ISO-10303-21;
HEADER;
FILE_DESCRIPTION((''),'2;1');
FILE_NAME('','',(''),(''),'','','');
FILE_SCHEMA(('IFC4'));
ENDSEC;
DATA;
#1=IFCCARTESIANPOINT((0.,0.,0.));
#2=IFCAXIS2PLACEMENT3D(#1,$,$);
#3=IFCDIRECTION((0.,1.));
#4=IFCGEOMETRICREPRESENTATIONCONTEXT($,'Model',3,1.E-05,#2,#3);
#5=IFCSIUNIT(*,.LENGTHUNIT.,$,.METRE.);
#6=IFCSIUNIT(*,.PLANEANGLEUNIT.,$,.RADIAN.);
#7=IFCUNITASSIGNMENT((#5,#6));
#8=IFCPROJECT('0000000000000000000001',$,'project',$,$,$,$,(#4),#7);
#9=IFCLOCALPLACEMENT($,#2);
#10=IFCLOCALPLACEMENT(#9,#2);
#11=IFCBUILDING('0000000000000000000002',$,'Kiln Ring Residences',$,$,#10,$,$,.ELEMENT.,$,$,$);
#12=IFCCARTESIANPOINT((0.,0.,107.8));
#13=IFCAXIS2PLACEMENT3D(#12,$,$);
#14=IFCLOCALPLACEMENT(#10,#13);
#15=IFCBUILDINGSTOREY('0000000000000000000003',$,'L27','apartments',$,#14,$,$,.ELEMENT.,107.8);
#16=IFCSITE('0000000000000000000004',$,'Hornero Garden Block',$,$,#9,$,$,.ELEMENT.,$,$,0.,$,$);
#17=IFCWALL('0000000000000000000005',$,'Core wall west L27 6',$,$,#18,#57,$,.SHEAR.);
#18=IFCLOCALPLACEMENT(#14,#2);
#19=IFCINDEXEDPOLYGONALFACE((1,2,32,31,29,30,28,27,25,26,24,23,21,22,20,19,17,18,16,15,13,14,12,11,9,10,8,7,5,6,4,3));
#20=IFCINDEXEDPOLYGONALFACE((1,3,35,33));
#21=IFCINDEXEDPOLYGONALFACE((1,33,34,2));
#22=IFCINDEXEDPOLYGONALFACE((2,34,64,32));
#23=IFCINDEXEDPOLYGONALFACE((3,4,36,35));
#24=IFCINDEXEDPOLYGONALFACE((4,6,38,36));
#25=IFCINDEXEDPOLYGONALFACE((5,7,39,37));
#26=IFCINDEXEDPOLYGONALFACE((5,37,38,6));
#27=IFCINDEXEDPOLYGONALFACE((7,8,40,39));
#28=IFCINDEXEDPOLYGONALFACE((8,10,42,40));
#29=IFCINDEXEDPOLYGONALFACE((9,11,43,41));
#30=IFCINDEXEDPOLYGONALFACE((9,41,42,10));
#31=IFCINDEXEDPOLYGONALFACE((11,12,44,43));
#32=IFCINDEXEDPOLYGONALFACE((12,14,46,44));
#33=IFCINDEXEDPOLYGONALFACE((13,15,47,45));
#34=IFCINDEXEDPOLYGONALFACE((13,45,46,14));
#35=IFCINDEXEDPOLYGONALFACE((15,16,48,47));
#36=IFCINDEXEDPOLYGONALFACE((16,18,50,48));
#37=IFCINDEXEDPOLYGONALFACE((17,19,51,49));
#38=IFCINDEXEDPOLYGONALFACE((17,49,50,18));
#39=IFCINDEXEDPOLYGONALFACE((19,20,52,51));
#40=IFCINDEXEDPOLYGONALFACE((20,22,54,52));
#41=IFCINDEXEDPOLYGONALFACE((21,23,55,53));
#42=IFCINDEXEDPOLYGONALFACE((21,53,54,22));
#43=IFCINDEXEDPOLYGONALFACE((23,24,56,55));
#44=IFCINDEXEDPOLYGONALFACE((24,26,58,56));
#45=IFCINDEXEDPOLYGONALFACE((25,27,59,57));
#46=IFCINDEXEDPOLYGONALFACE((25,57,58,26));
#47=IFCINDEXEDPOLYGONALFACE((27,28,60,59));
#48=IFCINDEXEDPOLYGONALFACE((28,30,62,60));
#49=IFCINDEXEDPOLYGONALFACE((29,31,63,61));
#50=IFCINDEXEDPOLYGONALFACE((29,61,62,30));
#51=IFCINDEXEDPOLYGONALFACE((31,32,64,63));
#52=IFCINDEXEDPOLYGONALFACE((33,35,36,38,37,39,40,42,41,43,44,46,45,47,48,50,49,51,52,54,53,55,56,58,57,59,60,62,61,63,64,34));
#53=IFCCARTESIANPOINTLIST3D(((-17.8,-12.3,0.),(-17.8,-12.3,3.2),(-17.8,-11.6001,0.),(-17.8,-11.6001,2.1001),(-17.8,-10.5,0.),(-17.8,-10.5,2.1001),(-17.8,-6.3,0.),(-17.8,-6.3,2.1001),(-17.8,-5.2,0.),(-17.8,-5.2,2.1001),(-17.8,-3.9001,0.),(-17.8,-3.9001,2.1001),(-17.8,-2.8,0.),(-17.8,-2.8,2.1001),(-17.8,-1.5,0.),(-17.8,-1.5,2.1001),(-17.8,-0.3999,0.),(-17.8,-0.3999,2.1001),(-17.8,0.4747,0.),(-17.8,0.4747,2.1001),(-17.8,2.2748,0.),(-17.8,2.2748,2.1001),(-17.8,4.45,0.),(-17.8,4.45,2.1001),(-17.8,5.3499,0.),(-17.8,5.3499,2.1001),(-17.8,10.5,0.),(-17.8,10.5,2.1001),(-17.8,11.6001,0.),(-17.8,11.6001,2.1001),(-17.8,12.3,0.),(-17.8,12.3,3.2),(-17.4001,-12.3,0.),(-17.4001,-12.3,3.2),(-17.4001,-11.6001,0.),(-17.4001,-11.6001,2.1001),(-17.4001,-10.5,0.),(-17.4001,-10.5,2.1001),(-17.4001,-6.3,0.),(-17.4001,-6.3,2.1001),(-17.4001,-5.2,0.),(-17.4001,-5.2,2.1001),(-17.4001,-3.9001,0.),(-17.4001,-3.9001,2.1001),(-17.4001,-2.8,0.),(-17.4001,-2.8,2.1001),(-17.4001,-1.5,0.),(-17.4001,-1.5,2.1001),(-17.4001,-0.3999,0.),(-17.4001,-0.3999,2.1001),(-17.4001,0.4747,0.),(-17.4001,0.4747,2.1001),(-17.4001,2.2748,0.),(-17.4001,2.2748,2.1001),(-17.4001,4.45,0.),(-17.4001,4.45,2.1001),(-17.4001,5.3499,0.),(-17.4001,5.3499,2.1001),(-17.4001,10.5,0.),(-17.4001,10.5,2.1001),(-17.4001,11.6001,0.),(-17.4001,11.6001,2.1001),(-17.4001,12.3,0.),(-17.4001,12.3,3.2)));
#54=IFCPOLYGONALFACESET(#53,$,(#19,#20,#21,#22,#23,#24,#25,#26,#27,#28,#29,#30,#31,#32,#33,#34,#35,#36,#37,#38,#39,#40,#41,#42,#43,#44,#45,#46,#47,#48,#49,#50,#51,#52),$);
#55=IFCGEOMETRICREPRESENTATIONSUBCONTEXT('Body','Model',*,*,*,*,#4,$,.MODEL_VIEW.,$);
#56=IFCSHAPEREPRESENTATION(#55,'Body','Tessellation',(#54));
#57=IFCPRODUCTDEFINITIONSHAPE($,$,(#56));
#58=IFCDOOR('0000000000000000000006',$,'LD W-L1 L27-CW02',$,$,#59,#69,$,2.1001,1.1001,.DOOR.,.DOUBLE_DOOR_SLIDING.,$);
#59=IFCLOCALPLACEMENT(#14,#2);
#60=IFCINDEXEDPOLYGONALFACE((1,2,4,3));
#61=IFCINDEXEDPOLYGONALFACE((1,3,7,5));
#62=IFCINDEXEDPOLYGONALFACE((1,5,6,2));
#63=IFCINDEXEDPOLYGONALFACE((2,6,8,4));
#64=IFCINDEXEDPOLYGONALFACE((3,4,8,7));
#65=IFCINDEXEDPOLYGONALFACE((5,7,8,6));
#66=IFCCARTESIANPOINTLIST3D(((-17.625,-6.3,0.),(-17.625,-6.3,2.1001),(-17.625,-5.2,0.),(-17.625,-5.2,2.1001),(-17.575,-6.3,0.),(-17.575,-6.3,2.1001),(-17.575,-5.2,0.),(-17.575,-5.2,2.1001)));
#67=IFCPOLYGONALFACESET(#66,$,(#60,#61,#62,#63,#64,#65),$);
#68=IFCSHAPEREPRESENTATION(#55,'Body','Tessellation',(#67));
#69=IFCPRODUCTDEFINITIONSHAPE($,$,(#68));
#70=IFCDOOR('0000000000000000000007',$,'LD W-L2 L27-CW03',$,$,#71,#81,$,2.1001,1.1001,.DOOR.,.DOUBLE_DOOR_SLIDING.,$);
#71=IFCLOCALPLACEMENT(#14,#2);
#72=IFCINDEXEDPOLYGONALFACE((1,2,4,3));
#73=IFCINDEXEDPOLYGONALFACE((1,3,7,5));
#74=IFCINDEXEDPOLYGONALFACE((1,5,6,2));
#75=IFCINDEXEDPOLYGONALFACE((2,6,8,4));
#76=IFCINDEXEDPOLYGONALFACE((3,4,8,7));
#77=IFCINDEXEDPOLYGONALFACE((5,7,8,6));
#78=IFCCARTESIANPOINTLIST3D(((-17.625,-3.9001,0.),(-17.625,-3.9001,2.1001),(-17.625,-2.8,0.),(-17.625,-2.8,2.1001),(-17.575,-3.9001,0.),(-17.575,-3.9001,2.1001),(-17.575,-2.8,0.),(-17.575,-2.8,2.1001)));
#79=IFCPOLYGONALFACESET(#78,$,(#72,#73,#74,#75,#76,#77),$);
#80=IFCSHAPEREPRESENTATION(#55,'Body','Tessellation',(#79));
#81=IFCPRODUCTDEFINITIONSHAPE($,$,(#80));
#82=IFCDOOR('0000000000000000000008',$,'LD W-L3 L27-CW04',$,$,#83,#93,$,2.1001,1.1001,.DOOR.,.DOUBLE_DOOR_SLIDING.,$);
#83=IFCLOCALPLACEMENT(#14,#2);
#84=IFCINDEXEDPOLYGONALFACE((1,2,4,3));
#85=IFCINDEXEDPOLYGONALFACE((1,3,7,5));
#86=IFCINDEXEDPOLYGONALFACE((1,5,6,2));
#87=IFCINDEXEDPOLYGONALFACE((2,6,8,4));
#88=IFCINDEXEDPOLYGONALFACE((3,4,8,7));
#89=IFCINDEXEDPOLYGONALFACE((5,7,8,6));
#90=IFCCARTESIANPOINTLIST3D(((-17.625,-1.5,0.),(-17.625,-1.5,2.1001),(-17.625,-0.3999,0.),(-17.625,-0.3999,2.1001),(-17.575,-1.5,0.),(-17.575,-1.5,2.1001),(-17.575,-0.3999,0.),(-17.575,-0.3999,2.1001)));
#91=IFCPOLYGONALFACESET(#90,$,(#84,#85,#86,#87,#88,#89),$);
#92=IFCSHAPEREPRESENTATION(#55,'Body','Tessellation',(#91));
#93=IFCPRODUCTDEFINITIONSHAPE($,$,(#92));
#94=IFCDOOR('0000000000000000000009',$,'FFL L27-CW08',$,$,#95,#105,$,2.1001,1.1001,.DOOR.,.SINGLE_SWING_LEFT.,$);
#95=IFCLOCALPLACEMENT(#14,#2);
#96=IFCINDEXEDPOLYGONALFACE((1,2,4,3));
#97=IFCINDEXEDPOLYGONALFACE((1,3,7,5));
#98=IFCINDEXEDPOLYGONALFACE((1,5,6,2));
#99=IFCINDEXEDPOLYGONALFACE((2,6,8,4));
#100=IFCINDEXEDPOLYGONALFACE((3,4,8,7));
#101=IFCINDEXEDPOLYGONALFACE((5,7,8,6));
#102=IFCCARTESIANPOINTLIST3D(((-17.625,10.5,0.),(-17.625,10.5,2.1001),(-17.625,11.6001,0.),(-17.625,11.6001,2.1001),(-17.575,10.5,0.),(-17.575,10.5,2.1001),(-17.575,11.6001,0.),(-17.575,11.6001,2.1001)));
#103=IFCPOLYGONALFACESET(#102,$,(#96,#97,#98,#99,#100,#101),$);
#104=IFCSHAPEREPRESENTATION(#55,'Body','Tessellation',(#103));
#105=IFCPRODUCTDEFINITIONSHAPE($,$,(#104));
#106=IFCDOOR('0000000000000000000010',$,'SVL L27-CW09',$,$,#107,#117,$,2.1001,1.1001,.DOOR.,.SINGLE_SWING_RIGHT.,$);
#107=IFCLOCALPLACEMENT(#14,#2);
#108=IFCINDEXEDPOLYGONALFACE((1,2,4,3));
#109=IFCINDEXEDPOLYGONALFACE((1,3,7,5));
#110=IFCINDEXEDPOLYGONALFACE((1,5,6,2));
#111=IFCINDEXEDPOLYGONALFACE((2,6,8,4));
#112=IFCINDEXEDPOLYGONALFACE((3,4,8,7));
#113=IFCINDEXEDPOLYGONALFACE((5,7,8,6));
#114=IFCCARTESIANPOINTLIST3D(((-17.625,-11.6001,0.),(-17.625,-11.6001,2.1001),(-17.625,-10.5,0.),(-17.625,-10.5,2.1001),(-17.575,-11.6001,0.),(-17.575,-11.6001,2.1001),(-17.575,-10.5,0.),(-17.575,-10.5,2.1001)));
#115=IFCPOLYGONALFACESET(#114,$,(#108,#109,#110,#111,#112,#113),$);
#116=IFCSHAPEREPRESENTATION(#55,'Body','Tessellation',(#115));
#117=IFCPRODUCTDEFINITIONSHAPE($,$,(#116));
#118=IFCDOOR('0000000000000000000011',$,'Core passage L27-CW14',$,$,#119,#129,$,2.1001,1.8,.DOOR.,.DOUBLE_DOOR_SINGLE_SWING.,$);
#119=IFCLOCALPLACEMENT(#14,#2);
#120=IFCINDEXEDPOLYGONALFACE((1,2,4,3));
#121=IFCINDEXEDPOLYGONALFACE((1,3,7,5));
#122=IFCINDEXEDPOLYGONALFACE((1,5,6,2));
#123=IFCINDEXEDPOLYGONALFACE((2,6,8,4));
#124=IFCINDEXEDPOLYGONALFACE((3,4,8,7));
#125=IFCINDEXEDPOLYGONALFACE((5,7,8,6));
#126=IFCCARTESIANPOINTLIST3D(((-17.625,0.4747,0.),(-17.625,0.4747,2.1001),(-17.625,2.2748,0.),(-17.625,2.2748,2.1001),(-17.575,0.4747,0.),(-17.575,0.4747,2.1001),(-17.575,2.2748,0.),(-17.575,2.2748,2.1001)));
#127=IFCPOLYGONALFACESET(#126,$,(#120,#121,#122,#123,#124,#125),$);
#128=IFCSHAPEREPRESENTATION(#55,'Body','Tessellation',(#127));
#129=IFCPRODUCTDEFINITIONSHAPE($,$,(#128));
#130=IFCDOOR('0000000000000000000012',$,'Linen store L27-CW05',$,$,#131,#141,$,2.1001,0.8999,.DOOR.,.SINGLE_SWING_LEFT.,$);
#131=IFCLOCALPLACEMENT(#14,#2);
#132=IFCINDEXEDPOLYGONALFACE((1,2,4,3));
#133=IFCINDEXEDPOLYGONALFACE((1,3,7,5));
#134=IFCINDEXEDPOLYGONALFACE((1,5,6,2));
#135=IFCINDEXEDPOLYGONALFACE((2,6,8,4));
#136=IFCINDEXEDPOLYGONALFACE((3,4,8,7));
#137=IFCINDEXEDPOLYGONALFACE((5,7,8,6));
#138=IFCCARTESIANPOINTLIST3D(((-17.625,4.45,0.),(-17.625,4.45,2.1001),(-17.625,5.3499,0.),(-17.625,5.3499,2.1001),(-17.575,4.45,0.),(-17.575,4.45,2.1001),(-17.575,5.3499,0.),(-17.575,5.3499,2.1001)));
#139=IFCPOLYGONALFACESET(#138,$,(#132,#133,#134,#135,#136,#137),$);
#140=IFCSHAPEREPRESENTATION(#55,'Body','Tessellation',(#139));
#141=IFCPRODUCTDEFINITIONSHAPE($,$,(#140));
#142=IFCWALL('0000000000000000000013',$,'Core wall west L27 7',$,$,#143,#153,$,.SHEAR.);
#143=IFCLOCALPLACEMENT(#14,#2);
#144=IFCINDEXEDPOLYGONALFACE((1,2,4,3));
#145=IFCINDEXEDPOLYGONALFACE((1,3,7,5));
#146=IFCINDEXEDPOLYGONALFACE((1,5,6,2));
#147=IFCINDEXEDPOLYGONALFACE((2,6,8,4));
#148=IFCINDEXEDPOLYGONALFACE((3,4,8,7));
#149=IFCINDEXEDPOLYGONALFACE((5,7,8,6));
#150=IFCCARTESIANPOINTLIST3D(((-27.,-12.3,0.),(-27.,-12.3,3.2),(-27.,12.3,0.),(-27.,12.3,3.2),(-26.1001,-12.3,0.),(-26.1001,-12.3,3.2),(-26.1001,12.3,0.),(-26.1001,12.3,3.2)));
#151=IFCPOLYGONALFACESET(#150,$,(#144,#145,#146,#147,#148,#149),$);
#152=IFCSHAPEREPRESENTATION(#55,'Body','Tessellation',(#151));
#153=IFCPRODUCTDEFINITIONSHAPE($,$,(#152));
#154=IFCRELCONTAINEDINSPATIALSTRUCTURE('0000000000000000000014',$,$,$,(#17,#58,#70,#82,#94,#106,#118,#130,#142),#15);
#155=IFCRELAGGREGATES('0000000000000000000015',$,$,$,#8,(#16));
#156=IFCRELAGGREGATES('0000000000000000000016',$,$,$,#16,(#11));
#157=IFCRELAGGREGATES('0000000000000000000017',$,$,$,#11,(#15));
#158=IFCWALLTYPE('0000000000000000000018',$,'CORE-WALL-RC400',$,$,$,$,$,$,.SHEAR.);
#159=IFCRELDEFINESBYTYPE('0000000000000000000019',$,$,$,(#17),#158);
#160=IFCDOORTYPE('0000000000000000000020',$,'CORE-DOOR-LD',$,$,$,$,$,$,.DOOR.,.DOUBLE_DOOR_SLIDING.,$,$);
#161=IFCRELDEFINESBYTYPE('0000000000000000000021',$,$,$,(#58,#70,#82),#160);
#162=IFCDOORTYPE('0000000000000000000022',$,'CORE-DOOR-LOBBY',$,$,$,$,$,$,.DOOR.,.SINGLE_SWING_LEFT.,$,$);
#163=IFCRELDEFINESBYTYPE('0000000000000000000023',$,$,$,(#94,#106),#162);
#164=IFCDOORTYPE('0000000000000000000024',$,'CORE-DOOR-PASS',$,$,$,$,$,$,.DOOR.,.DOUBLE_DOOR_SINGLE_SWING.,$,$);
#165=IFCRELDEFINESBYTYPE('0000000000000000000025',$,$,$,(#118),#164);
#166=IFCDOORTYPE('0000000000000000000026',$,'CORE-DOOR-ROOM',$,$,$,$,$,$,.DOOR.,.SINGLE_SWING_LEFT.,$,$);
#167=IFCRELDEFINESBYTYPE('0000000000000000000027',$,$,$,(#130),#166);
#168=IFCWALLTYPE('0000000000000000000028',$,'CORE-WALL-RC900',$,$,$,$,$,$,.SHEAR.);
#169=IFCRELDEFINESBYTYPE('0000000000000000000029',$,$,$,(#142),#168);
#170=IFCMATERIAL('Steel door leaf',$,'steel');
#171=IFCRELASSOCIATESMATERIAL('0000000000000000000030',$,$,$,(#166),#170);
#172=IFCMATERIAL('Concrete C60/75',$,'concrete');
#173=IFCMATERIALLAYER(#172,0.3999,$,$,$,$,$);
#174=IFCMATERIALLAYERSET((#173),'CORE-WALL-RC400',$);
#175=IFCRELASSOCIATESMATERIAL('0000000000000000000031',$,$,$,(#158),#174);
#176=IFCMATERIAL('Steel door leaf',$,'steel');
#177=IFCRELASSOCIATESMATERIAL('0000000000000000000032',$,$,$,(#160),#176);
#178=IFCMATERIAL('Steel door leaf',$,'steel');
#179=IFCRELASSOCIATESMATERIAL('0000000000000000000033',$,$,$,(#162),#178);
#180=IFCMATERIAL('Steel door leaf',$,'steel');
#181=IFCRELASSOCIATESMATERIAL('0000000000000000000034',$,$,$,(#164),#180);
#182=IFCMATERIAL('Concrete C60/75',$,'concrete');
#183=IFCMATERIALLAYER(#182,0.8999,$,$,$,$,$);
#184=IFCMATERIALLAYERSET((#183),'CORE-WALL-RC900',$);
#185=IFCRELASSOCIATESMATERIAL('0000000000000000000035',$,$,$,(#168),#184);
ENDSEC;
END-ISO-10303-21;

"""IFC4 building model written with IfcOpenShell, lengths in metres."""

from ifc_helpers import new_model, si_unit, direction, frame, frame_2d, origin, place, context, subcontext, project, spatial, rectangle, extrude, material, layer, layer_set, type_object, element, fill, save


model = new_model("IFC4")

# Units and contexts
model_context = context("Model", 3, precision=1e-05, world=origin(), true_north=direction((0.0, 1.0)))
body_context = subcontext(model_context, "Body", "Model", "MODEL_VIEW")
ifc_project = project(units=[si_unit("LENGTHUNIT", "METRE"), si_unit("PLANEANGLEUNIT", "RADIAN")], contexts=[model_context])

# Site, building, storey
site_placement = place(None, origin())
site = spatial("IfcSite", under=ifc_project, at=site_placement, Name="Hornero Garden Block", CompositionType="ELEMENT", RefElevation=0.0)
building_placement = place(site_placement, origin())
building = spatial("IfcBuilding", under=site, at=building_placement, Name="Kiln Ring Residences", CompositionType="ELEMENT")
storey_placement = place(building_placement, frame((0.0, 0.0, 107.8)))
storey = spatial("IfcBuildingStorey", under=building, at=storey_placement, Name="L27", Description="apartments", CompositionType="ELEMENT", Elevation=107.8)

# Shared definitions
ifc_material_1 = material(Name="Steel door leaf", Category="steel")
door_type_1 = type_object("IfcDoorType", Name="CORE-DOOR-ROOM", OperationType="SINGLE_SWING_LEFT", PredefinedType="DOOR", material=ifc_material_1)

# Wall, openings, doors
ifc_material_2 = material(Name="Concrete C60/75", Category="concrete")
ifc_layer_1 = layer(ifc_material_2, 0.3999)
ifc_layer_set_1 = layer_set([ifc_layer_1], Name="CORE-WALL-RC400")
wall_type_1 = type_object("IfcWallType", Name="CORE-WALL-RC400", PredefinedType="SHEAR", material=ifc_layer_set_1)
wall_1_placement = place(storey_placement, frame((-17.6001, -12.3, 0.0), z_axis=(0.0, 0.0, 1.0), x_axis=(0.0, 1.0, 0.0)))
wall_1 = element("IfcWall", 1, at=wall_1_placement, inside=storey, type_object=wall_type_1, Name="Core wall west L27 6", PredefinedType="SHEAR", context=body_context, shape_type="SweptSolid", body=[
    extrude(rectangle(XDim=24.6001, YDim=0.3999, at=frame_2d((12.3, 0.0))), origin(), (0.0, 0.0, 1.0), 3.2),
])
opening_1_placement = place(wall_1_placement, frame((6.0, 0.0, 0.0)))
opening_1 = element("IfcOpeningElement", 2, at=opening_1_placement, cuts=wall_1, PredefinedType="OPENING", context=body_context, shape_type="SweptSolid", body=[
    extrude(rectangle(XDim=1.1001, YDim=2.1001, at=frame_2d((0.55, 1.05))), frame((0.0, 0.21, 0.0), z_axis=(0.0, -1.0, 0.0), x_axis=(1.0, 0.0, 0.0)), (0.0, 0.0, 1.0), 0.4199),
])
opening_2_placement = place(wall_1_placement, frame((8.3999, 0.0, 0.0)))
opening_2 = element("IfcOpeningElement", 3, at=opening_2_placement, cuts=wall_1, PredefinedType="OPENING", context=body_context, shape_type="SweptSolid", body=[
    extrude(rectangle(XDim=1.1001, YDim=2.1001, at=frame_2d((0.55, 1.05))), frame((0.0, 0.21, 0.0), z_axis=(0.0, -1.0, 0.0), x_axis=(1.0, 0.0, 0.0)), (0.0, 0.0, 1.0), 0.4199),
])
opening_3_placement = place(wall_1_placement, frame((10.8, 0.0, 0.0)))
opening_3 = element("IfcOpeningElement", 4, at=opening_3_placement, cuts=wall_1, PredefinedType="OPENING", context=body_context, shape_type="SweptSolid", body=[
    extrude(rectangle(XDim=1.1001, YDim=2.1001, at=frame_2d((0.55, 1.05))), frame((0.0, 0.21, 0.0), z_axis=(0.0, -1.0, 0.0), x_axis=(1.0, 0.0, 0.0)), (0.0, 0.0, 1.0), 0.4199),
])
opening_4_placement = place(wall_1_placement, frame((16.75, 0.0, 0.0)))
opening_4 = element("IfcOpeningElement", 5, at=opening_4_placement, cuts=wall_1, PredefinedType="OPENING", context=body_context, shape_type="SweptSolid", body=[
    extrude(rectangle(XDim=0.8999, YDim=2.1001, at=frame_2d((0.45, 1.05))), frame((0.0, 0.21, 0.0), z_axis=(0.0, -1.0, 0.0), x_axis=(1.0, 0.0, 0.0)), (0.0, 0.0, 1.0), 0.4199),
])
opening_5_placement = place(wall_1_placement, frame((22.8, 0.0, 0.0)))
opening_5 = element("IfcOpeningElement", 6, at=opening_5_placement, cuts=wall_1, PredefinedType="OPENING", context=body_context, shape_type="SweptSolid", body=[
    extrude(rectangle(XDim=1.1001, YDim=2.1001, at=frame_2d((0.55, 1.05))), frame((0.0, 0.21, 0.0), z_axis=(0.0, -1.0, 0.0), x_axis=(1.0, 0.0, 0.0)), (0.0, 0.0, 1.0), 0.4199),
])
opening_6_placement = place(wall_1_placement, frame((0.7, 0.0, 0.0)))
opening_6 = element("IfcOpeningElement", 7, at=opening_6_placement, cuts=wall_1, PredefinedType="OPENING", context=body_context, shape_type="SweptSolid", body=[
    extrude(rectangle(XDim=1.1001, YDim=2.1001, at=frame_2d((0.55, 1.05))), frame((0.0, 0.21, 0.0), z_axis=(0.0, -1.0, 0.0), x_axis=(1.0, 0.0, 0.0)), (0.0, 0.0, 1.0), 0.4199),
])
opening_7_placement = place(wall_1_placement, frame((12.7749, 0.0, 0.0)))
opening_7 = element("IfcOpeningElement", 8, at=opening_7_placement, cuts=wall_1, PredefinedType="OPENING", context=body_context, shape_type="SweptSolid", body=[
    extrude(rectangle(XDim=1.8, YDim=2.1001, at=frame_2d((0.8999, 1.05))), frame((0.0, 0.21, 0.0), z_axis=(0.0, -1.0, 0.0), x_axis=(1.0, 0.0, 0.0)), (0.0, 0.0, 1.0), 0.4199),
])
ifc_material_3 = material(Name="Steel door leaf", Category="steel")
door_type_2 = type_object("IfcDoorType", Name="CORE-DOOR-LD", OperationType="DOUBLE_DOOR_SLIDING", PredefinedType="DOOR", material=ifc_material_3)
door_1_placement = place(opening_1_placement, origin())
door_1 = element("IfcDoor", 9, at=door_1_placement, inside=storey, type_object=door_type_2, Name="LD W-L1 L27-CW02", OperationType="DOUBLE_DOOR_SLIDING", OverallHeight=2.1001, OverallWidth=1.1001, PredefinedType="DOOR", context=body_context, shape_type="SweptSolid", body=[
    extrude(rectangle(XDim=1.1001, YDim=2.1001, at=frame_2d((0.55, 1.05))), frame((0.0, 0.0249, 0.0), z_axis=(0.0, -1.0, 0.0), x_axis=(1.0, 0.0, 0.0)), (0.0, 0.0, 1.0), 0.05),
])
fill(opening_1, door_1)
door_2_placement = place(opening_2_placement, origin())
door_2 = element("IfcDoor", 10, at=door_2_placement, inside=storey, type_object=door_type_2, Name="LD W-L2 L27-CW03", OperationType="DOUBLE_DOOR_SLIDING", OverallHeight=2.1001, OverallWidth=1.1001, PredefinedType="DOOR", context=body_context, shape_type="SweptSolid", body=[
    extrude(rectangle(XDim=1.1001, YDim=2.1001, at=frame_2d((0.55, 1.05))), frame((0.0, 0.0249, 0.0), z_axis=(0.0, -1.0, 0.0), x_axis=(1.0, 0.0, 0.0)), (0.0, 0.0, 1.0), 0.05),
])
fill(opening_2, door_2)
door_3_placement = place(opening_3_placement, origin())
door_3 = element("IfcDoor", 11, at=door_3_placement, inside=storey, type_object=door_type_2, Name="LD W-L3 L27-CW04", OperationType="DOUBLE_DOOR_SLIDING", OverallHeight=2.1001, OverallWidth=1.1001, PredefinedType="DOOR", context=body_context, shape_type="SweptSolid", body=[
    extrude(rectangle(XDim=1.1001, YDim=2.1001, at=frame_2d((0.55, 1.05))), frame((0.0, 0.0249, 0.0), z_axis=(0.0, -1.0, 0.0), x_axis=(1.0, 0.0, 0.0)), (0.0, 0.0, 1.0), 0.05),
])
fill(opening_3, door_3)
ifc_material_4 = material(Name="Steel door leaf", Category="steel")
door_type_3 = type_object("IfcDoorType", Name="CORE-DOOR-LOBBY", OperationType="SINGLE_SWING_LEFT", PredefinedType="DOOR", material=ifc_material_4)
door_4_placement = place(opening_5_placement, origin())
door_4 = element("IfcDoor", 12, at=door_4_placement, inside=storey, type_object=door_type_3, Name="FFL L27-CW08", OperationType="SINGLE_SWING_LEFT", OverallHeight=2.1001, OverallWidth=1.1001, PredefinedType="DOOR", context=body_context, shape_type="SweptSolid", body=[
    extrude(rectangle(XDim=1.1001, YDim=2.1001, at=frame_2d((0.55, 1.05))), frame((0.0, 0.0249, 0.0), z_axis=(0.0, -1.0, 0.0), x_axis=(1.0, 0.0, 0.0)), (0.0, 0.0, 1.0), 0.05),
])
fill(opening_5, door_4)
door_5_placement = place(opening_6_placement, origin())
door_5 = element("IfcDoor", 13, at=door_5_placement, inside=storey, type_object=door_type_3, Name="SVL L27-CW09", OperationType="SINGLE_SWING_RIGHT", OverallHeight=2.1001, OverallWidth=1.1001, PredefinedType="DOOR", context=body_context, shape_type="SweptSolid", body=[
    extrude(rectangle(XDim=1.1001, YDim=2.1001, at=frame_2d((0.55, 1.05))), frame((0.0, 0.0249, 0.0), z_axis=(0.0, -1.0, 0.0), x_axis=(1.0, 0.0, 0.0)), (0.0, 0.0, 1.0), 0.05),
])
fill(opening_6, door_5)
ifc_material_5 = material(Name="Steel door leaf", Category="steel")
door_type_4 = type_object("IfcDoorType", Name="CORE-DOOR-PASS", OperationType="DOUBLE_DOOR_SINGLE_SWING", PredefinedType="DOOR", material=ifc_material_5)
door_6_placement = place(opening_7_placement, origin())
door_6 = element("IfcDoor", 14, at=door_6_placement, inside=storey, type_object=door_type_4, Name="Core passage L27-CW14", OperationType="DOUBLE_DOOR_SINGLE_SWING", OverallHeight=2.1001, OverallWidth=1.8, PredefinedType="DOOR", context=body_context, shape_type="SweptSolid", body=[
    extrude(rectangle(XDim=1.8, YDim=2.1001, at=frame_2d((0.8999, 1.05))), frame((0.0, 0.0249, 0.0), z_axis=(0.0, -1.0, 0.0), x_axis=(1.0, 0.0, 0.0)), (0.0, 0.0, 1.0), 0.05),
])
fill(opening_7, door_6)
door_7_placement = place(opening_4_placement, origin())
door_7 = element("IfcDoor", 15, at=door_7_placement, inside=storey, type_object=door_type_1, Name="Linen store L27-CW05", OperationType="SINGLE_SWING_LEFT", OverallHeight=2.1001, OverallWidth=0.8999, PredefinedType="DOOR", context=body_context, shape_type="SweptSolid", body=[
    extrude(rectangle(XDim=0.8999, YDim=2.1001, at=frame_2d((0.45, 1.05))), frame((0.0, 0.0249, 0.0), z_axis=(0.0, -1.0, 0.0), x_axis=(1.0, 0.0, 0.0)), (0.0, 0.0, 1.0), 0.05),
])
fill(opening_4, door_7)

# Wall
ifc_material_6 = material(Name="Concrete C60/75", Category="concrete")
ifc_layer_2 = layer(ifc_material_6, 0.8999)
ifc_layer_set_2 = layer_set([ifc_layer_2], Name="CORE-WALL-RC900")
wall_type_2 = type_object("IfcWallType", Name="CORE-WALL-RC900", PredefinedType="SHEAR", material=ifc_layer_set_2)
wall_2_placement = place(storey_placement, frame((-26.55, -12.3, 0.0), z_axis=(0.0, 0.0, 1.0), x_axis=(0.0, 1.0, 0.0)))
element("IfcWall", 16, at=wall_2_placement, inside=storey, type_object=wall_type_2, Name="Core wall west L27 7", PredefinedType="SHEAR", context=body_context, shape_type="SweptSolid", body=[
    extrude(rectangle(XDim=24.6001, YDim=0.8999, at=frame_2d((12.3, 0.0))), origin(), (0.0, 0.0, 1.0), 3.2),
])

save(model, "model.ifc")
